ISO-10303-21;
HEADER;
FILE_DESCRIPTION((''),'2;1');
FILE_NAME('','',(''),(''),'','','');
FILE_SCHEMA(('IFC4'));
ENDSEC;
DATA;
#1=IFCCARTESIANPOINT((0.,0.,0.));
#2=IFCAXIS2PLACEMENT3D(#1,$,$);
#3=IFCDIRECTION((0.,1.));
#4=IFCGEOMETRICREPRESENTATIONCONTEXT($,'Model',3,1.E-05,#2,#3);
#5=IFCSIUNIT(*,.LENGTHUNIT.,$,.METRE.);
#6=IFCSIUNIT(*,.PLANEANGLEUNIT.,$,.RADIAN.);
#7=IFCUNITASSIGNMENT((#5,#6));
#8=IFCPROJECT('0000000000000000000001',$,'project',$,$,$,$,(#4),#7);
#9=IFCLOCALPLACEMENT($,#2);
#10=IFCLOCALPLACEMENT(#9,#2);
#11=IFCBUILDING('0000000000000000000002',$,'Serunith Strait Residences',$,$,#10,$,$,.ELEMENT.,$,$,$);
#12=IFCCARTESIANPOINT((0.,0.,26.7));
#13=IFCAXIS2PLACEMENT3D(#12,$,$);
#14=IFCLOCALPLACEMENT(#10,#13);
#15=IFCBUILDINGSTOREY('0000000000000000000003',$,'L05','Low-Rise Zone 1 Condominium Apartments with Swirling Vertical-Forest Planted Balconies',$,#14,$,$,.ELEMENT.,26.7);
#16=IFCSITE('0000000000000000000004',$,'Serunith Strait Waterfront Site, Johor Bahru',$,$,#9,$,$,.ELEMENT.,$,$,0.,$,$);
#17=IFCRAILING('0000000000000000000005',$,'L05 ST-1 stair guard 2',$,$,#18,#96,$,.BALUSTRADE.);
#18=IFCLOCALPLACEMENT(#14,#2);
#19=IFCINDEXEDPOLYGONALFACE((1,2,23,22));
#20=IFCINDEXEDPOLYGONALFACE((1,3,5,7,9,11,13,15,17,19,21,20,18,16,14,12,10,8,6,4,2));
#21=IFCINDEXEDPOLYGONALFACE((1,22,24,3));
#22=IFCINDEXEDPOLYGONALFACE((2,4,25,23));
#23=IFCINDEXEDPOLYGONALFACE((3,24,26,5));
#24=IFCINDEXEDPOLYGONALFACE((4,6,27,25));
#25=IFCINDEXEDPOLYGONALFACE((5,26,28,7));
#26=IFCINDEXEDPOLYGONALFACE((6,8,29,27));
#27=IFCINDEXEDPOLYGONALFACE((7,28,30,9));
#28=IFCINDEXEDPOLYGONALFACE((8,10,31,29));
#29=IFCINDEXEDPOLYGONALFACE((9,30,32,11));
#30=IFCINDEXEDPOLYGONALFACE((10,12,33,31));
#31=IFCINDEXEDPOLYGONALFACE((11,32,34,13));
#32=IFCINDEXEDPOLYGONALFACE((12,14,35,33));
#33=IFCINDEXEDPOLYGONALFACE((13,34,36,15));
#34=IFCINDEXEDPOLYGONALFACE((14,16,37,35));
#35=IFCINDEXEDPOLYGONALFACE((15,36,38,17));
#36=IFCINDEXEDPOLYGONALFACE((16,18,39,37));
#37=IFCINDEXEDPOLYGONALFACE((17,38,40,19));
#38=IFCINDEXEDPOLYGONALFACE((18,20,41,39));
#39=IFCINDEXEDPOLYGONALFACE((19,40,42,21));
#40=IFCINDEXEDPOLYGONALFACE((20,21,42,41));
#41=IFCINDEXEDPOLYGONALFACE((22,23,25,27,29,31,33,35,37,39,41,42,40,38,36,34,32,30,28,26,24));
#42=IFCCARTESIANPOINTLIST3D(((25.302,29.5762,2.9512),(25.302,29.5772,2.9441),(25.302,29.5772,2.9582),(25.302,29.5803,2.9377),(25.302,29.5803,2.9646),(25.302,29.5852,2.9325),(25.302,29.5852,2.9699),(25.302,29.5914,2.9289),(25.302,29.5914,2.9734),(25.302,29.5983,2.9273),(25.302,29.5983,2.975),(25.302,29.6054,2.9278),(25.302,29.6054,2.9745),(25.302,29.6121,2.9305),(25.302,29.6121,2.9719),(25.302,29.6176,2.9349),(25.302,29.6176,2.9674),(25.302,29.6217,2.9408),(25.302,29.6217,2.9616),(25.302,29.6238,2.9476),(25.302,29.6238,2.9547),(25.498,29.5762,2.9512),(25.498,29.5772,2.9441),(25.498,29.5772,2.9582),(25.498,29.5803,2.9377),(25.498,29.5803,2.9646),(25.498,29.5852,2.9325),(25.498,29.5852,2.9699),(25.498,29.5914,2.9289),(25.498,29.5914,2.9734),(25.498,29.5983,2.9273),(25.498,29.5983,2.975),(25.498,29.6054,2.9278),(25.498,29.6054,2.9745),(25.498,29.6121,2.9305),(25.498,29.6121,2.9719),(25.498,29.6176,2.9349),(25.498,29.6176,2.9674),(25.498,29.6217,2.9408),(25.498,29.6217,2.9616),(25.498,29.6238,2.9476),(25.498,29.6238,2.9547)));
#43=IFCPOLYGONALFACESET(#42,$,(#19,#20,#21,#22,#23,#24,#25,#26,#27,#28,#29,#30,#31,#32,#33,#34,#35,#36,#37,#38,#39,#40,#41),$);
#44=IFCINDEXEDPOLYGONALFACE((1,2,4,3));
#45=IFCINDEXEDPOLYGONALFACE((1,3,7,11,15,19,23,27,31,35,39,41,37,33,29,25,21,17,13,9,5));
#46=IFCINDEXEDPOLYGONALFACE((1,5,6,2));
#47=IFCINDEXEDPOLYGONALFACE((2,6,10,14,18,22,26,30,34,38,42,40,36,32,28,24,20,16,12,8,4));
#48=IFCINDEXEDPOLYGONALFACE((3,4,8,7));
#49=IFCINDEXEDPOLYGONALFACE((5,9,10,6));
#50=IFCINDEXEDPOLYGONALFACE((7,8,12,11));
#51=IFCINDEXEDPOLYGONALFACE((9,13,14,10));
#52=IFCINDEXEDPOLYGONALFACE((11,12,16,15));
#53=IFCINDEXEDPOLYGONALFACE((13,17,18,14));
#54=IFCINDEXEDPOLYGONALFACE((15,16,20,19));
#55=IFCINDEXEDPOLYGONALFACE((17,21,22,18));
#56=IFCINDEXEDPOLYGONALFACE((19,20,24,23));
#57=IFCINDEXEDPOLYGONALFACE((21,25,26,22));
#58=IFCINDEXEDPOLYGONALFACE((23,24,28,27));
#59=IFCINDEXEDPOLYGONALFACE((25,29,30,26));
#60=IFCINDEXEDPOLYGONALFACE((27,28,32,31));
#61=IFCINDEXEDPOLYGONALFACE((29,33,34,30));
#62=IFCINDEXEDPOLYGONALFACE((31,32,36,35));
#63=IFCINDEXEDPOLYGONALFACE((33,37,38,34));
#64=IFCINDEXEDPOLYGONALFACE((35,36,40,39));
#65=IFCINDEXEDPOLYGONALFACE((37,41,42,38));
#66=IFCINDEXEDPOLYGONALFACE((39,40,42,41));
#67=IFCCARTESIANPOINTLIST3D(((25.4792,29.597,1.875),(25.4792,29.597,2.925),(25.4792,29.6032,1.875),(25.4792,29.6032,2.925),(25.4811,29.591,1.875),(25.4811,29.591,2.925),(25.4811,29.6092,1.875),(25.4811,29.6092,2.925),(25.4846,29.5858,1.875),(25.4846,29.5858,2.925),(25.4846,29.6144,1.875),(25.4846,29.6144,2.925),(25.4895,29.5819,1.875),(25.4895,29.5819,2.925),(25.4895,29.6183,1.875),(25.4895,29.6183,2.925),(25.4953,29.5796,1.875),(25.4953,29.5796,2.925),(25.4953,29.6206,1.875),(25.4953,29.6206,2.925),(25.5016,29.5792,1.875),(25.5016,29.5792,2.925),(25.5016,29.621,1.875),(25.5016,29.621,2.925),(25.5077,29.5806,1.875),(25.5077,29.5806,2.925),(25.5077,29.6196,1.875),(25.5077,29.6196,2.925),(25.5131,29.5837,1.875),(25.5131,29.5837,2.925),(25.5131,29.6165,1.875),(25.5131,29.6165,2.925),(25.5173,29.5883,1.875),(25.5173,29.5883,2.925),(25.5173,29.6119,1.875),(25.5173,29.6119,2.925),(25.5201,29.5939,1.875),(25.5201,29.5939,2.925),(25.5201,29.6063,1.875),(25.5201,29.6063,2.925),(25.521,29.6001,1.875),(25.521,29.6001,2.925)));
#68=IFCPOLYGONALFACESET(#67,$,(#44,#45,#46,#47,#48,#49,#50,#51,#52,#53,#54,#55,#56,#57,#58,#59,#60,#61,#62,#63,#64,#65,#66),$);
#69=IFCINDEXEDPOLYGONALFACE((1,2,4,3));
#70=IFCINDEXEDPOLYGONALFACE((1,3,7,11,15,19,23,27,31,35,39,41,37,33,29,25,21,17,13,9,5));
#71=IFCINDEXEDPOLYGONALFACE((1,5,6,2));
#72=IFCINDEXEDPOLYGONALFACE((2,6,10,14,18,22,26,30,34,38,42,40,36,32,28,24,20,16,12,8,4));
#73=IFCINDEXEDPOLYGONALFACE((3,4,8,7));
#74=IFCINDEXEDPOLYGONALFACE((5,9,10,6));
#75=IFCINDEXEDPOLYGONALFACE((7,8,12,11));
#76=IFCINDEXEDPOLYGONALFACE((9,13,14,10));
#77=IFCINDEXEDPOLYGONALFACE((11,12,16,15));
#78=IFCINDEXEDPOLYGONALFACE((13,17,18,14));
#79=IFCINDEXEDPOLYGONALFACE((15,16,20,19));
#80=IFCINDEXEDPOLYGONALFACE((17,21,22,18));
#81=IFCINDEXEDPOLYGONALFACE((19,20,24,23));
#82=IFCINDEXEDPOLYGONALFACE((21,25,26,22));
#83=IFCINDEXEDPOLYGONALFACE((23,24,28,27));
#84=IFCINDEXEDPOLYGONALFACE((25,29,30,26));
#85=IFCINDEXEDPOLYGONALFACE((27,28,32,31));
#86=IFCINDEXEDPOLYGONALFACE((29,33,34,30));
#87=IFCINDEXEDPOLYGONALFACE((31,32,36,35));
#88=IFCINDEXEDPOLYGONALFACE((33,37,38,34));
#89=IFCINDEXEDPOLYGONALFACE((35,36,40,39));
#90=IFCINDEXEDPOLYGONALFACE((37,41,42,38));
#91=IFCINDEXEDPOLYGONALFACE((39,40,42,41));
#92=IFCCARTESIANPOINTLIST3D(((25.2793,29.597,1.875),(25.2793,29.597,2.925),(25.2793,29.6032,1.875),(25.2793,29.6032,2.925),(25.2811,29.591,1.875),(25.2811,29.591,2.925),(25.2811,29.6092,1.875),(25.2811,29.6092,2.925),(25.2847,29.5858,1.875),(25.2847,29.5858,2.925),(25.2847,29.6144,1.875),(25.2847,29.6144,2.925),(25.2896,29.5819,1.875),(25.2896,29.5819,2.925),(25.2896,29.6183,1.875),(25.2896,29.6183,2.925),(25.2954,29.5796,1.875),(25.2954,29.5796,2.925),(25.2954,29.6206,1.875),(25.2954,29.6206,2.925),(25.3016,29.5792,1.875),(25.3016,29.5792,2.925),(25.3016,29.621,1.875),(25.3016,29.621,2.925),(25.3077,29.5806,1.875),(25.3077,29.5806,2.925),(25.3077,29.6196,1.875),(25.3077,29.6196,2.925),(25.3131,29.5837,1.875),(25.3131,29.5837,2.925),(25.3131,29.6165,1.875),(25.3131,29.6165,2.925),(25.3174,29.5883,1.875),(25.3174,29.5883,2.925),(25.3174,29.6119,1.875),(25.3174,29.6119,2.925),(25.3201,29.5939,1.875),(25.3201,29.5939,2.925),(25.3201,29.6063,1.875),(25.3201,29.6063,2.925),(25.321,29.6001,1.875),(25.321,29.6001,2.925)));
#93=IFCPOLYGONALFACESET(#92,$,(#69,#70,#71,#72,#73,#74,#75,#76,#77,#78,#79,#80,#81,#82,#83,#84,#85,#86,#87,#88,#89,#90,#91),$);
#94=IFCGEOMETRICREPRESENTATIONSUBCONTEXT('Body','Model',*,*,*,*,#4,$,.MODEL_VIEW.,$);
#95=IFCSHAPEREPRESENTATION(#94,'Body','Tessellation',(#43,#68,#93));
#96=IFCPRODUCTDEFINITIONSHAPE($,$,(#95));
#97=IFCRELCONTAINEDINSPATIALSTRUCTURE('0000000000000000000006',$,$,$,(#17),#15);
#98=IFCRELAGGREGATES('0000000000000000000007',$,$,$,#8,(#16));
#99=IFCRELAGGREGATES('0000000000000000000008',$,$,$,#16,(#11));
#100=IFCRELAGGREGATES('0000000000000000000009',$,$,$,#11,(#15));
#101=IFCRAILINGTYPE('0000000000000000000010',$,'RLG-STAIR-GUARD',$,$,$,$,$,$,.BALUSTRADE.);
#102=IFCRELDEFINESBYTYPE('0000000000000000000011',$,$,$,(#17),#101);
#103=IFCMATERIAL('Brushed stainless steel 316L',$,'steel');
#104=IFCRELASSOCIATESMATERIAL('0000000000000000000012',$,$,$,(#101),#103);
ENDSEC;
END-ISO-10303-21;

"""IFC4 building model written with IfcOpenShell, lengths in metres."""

from ifc_helpers import new_model, si_unit, direction, frame, origin, origin_2d, place, context, subcontext, project, spatial, circle, extrude, material, type_object, element, save


model = new_model("IFC4")

# Units and contexts
model_context = context("Model", 3, precision=1e-05, world=origin(), true_north=direction((0.0, 1.0)))
body_context = subcontext(model_context, "Body", "Model", "MODEL_VIEW")
ifc_project = project(units=[si_unit("LENGTHUNIT", "METRE"), si_unit("PLANEANGLEUNIT", "RADIAN")], contexts=[model_context])

# Site, building, storey
site_placement = place(None, origin())
site = spatial("IfcSite", under=ifc_project, at=site_placement, Name="Serunith Strait Waterfront Site, Johor Bahru", CompositionType="ELEMENT", RefElevation=0.0)
building_placement = place(site_placement, origin())
building = spatial("IfcBuilding", under=site, at=building_placement, Name="Serunith Strait Residences", CompositionType="ELEMENT")
storey_placement = place(building_placement, frame((0.0, 0.0, 26.7)))
storey = spatial("IfcBuildingStorey", under=building, at=storey_placement, Name="L05", Description="Low-Rise Zone 1 Condominium Apartments with Swirling Vertical-Forest Planted Balconies", CompositionType="ELEMENT", Elevation=26.7)

# Railing
ifc_material_1 = material(Name="Brushed stainless steel 316L", Category="steel")
railing_type_1 = type_object("IfcRailingType", Name="RLG-STAIR-GUARD", PredefinedType="BALUSTRADE", material=ifc_material_1)
railing_1_placement = place(storey_placement, frame((25.5, 29.6001, 1.875)))
element("IfcRailing", 1, at=railing_1_placement, inside=storey, type_object=railing_type_1, Name="L05 ST-1 stair guard 2", PredefinedType="BALUSTRADE", context=body_context, shape_type="SweptSolid", body=[
    extrude(circle(Radius=0.0239, at=origin_2d()), frame((-0.002, 0.0, 1.0762), z_axis=(-1.0, 0.0, 0.0), x_axis=(0.0, -1.0, 0.0)), (0.0, 0.0, 1.0), 0.196),
    extrude(circle(Radius=0.021, at=origin_2d()), origin(), (0.0, 0.0, 1.0), 1.05),
    extrude(circle(Radius=0.021, at=origin_2d()), frame((-0.2, 0.0, 0.0)), (0.0, 0.0, 1.0), 1.05),
])

save(model, "model.ifc")
